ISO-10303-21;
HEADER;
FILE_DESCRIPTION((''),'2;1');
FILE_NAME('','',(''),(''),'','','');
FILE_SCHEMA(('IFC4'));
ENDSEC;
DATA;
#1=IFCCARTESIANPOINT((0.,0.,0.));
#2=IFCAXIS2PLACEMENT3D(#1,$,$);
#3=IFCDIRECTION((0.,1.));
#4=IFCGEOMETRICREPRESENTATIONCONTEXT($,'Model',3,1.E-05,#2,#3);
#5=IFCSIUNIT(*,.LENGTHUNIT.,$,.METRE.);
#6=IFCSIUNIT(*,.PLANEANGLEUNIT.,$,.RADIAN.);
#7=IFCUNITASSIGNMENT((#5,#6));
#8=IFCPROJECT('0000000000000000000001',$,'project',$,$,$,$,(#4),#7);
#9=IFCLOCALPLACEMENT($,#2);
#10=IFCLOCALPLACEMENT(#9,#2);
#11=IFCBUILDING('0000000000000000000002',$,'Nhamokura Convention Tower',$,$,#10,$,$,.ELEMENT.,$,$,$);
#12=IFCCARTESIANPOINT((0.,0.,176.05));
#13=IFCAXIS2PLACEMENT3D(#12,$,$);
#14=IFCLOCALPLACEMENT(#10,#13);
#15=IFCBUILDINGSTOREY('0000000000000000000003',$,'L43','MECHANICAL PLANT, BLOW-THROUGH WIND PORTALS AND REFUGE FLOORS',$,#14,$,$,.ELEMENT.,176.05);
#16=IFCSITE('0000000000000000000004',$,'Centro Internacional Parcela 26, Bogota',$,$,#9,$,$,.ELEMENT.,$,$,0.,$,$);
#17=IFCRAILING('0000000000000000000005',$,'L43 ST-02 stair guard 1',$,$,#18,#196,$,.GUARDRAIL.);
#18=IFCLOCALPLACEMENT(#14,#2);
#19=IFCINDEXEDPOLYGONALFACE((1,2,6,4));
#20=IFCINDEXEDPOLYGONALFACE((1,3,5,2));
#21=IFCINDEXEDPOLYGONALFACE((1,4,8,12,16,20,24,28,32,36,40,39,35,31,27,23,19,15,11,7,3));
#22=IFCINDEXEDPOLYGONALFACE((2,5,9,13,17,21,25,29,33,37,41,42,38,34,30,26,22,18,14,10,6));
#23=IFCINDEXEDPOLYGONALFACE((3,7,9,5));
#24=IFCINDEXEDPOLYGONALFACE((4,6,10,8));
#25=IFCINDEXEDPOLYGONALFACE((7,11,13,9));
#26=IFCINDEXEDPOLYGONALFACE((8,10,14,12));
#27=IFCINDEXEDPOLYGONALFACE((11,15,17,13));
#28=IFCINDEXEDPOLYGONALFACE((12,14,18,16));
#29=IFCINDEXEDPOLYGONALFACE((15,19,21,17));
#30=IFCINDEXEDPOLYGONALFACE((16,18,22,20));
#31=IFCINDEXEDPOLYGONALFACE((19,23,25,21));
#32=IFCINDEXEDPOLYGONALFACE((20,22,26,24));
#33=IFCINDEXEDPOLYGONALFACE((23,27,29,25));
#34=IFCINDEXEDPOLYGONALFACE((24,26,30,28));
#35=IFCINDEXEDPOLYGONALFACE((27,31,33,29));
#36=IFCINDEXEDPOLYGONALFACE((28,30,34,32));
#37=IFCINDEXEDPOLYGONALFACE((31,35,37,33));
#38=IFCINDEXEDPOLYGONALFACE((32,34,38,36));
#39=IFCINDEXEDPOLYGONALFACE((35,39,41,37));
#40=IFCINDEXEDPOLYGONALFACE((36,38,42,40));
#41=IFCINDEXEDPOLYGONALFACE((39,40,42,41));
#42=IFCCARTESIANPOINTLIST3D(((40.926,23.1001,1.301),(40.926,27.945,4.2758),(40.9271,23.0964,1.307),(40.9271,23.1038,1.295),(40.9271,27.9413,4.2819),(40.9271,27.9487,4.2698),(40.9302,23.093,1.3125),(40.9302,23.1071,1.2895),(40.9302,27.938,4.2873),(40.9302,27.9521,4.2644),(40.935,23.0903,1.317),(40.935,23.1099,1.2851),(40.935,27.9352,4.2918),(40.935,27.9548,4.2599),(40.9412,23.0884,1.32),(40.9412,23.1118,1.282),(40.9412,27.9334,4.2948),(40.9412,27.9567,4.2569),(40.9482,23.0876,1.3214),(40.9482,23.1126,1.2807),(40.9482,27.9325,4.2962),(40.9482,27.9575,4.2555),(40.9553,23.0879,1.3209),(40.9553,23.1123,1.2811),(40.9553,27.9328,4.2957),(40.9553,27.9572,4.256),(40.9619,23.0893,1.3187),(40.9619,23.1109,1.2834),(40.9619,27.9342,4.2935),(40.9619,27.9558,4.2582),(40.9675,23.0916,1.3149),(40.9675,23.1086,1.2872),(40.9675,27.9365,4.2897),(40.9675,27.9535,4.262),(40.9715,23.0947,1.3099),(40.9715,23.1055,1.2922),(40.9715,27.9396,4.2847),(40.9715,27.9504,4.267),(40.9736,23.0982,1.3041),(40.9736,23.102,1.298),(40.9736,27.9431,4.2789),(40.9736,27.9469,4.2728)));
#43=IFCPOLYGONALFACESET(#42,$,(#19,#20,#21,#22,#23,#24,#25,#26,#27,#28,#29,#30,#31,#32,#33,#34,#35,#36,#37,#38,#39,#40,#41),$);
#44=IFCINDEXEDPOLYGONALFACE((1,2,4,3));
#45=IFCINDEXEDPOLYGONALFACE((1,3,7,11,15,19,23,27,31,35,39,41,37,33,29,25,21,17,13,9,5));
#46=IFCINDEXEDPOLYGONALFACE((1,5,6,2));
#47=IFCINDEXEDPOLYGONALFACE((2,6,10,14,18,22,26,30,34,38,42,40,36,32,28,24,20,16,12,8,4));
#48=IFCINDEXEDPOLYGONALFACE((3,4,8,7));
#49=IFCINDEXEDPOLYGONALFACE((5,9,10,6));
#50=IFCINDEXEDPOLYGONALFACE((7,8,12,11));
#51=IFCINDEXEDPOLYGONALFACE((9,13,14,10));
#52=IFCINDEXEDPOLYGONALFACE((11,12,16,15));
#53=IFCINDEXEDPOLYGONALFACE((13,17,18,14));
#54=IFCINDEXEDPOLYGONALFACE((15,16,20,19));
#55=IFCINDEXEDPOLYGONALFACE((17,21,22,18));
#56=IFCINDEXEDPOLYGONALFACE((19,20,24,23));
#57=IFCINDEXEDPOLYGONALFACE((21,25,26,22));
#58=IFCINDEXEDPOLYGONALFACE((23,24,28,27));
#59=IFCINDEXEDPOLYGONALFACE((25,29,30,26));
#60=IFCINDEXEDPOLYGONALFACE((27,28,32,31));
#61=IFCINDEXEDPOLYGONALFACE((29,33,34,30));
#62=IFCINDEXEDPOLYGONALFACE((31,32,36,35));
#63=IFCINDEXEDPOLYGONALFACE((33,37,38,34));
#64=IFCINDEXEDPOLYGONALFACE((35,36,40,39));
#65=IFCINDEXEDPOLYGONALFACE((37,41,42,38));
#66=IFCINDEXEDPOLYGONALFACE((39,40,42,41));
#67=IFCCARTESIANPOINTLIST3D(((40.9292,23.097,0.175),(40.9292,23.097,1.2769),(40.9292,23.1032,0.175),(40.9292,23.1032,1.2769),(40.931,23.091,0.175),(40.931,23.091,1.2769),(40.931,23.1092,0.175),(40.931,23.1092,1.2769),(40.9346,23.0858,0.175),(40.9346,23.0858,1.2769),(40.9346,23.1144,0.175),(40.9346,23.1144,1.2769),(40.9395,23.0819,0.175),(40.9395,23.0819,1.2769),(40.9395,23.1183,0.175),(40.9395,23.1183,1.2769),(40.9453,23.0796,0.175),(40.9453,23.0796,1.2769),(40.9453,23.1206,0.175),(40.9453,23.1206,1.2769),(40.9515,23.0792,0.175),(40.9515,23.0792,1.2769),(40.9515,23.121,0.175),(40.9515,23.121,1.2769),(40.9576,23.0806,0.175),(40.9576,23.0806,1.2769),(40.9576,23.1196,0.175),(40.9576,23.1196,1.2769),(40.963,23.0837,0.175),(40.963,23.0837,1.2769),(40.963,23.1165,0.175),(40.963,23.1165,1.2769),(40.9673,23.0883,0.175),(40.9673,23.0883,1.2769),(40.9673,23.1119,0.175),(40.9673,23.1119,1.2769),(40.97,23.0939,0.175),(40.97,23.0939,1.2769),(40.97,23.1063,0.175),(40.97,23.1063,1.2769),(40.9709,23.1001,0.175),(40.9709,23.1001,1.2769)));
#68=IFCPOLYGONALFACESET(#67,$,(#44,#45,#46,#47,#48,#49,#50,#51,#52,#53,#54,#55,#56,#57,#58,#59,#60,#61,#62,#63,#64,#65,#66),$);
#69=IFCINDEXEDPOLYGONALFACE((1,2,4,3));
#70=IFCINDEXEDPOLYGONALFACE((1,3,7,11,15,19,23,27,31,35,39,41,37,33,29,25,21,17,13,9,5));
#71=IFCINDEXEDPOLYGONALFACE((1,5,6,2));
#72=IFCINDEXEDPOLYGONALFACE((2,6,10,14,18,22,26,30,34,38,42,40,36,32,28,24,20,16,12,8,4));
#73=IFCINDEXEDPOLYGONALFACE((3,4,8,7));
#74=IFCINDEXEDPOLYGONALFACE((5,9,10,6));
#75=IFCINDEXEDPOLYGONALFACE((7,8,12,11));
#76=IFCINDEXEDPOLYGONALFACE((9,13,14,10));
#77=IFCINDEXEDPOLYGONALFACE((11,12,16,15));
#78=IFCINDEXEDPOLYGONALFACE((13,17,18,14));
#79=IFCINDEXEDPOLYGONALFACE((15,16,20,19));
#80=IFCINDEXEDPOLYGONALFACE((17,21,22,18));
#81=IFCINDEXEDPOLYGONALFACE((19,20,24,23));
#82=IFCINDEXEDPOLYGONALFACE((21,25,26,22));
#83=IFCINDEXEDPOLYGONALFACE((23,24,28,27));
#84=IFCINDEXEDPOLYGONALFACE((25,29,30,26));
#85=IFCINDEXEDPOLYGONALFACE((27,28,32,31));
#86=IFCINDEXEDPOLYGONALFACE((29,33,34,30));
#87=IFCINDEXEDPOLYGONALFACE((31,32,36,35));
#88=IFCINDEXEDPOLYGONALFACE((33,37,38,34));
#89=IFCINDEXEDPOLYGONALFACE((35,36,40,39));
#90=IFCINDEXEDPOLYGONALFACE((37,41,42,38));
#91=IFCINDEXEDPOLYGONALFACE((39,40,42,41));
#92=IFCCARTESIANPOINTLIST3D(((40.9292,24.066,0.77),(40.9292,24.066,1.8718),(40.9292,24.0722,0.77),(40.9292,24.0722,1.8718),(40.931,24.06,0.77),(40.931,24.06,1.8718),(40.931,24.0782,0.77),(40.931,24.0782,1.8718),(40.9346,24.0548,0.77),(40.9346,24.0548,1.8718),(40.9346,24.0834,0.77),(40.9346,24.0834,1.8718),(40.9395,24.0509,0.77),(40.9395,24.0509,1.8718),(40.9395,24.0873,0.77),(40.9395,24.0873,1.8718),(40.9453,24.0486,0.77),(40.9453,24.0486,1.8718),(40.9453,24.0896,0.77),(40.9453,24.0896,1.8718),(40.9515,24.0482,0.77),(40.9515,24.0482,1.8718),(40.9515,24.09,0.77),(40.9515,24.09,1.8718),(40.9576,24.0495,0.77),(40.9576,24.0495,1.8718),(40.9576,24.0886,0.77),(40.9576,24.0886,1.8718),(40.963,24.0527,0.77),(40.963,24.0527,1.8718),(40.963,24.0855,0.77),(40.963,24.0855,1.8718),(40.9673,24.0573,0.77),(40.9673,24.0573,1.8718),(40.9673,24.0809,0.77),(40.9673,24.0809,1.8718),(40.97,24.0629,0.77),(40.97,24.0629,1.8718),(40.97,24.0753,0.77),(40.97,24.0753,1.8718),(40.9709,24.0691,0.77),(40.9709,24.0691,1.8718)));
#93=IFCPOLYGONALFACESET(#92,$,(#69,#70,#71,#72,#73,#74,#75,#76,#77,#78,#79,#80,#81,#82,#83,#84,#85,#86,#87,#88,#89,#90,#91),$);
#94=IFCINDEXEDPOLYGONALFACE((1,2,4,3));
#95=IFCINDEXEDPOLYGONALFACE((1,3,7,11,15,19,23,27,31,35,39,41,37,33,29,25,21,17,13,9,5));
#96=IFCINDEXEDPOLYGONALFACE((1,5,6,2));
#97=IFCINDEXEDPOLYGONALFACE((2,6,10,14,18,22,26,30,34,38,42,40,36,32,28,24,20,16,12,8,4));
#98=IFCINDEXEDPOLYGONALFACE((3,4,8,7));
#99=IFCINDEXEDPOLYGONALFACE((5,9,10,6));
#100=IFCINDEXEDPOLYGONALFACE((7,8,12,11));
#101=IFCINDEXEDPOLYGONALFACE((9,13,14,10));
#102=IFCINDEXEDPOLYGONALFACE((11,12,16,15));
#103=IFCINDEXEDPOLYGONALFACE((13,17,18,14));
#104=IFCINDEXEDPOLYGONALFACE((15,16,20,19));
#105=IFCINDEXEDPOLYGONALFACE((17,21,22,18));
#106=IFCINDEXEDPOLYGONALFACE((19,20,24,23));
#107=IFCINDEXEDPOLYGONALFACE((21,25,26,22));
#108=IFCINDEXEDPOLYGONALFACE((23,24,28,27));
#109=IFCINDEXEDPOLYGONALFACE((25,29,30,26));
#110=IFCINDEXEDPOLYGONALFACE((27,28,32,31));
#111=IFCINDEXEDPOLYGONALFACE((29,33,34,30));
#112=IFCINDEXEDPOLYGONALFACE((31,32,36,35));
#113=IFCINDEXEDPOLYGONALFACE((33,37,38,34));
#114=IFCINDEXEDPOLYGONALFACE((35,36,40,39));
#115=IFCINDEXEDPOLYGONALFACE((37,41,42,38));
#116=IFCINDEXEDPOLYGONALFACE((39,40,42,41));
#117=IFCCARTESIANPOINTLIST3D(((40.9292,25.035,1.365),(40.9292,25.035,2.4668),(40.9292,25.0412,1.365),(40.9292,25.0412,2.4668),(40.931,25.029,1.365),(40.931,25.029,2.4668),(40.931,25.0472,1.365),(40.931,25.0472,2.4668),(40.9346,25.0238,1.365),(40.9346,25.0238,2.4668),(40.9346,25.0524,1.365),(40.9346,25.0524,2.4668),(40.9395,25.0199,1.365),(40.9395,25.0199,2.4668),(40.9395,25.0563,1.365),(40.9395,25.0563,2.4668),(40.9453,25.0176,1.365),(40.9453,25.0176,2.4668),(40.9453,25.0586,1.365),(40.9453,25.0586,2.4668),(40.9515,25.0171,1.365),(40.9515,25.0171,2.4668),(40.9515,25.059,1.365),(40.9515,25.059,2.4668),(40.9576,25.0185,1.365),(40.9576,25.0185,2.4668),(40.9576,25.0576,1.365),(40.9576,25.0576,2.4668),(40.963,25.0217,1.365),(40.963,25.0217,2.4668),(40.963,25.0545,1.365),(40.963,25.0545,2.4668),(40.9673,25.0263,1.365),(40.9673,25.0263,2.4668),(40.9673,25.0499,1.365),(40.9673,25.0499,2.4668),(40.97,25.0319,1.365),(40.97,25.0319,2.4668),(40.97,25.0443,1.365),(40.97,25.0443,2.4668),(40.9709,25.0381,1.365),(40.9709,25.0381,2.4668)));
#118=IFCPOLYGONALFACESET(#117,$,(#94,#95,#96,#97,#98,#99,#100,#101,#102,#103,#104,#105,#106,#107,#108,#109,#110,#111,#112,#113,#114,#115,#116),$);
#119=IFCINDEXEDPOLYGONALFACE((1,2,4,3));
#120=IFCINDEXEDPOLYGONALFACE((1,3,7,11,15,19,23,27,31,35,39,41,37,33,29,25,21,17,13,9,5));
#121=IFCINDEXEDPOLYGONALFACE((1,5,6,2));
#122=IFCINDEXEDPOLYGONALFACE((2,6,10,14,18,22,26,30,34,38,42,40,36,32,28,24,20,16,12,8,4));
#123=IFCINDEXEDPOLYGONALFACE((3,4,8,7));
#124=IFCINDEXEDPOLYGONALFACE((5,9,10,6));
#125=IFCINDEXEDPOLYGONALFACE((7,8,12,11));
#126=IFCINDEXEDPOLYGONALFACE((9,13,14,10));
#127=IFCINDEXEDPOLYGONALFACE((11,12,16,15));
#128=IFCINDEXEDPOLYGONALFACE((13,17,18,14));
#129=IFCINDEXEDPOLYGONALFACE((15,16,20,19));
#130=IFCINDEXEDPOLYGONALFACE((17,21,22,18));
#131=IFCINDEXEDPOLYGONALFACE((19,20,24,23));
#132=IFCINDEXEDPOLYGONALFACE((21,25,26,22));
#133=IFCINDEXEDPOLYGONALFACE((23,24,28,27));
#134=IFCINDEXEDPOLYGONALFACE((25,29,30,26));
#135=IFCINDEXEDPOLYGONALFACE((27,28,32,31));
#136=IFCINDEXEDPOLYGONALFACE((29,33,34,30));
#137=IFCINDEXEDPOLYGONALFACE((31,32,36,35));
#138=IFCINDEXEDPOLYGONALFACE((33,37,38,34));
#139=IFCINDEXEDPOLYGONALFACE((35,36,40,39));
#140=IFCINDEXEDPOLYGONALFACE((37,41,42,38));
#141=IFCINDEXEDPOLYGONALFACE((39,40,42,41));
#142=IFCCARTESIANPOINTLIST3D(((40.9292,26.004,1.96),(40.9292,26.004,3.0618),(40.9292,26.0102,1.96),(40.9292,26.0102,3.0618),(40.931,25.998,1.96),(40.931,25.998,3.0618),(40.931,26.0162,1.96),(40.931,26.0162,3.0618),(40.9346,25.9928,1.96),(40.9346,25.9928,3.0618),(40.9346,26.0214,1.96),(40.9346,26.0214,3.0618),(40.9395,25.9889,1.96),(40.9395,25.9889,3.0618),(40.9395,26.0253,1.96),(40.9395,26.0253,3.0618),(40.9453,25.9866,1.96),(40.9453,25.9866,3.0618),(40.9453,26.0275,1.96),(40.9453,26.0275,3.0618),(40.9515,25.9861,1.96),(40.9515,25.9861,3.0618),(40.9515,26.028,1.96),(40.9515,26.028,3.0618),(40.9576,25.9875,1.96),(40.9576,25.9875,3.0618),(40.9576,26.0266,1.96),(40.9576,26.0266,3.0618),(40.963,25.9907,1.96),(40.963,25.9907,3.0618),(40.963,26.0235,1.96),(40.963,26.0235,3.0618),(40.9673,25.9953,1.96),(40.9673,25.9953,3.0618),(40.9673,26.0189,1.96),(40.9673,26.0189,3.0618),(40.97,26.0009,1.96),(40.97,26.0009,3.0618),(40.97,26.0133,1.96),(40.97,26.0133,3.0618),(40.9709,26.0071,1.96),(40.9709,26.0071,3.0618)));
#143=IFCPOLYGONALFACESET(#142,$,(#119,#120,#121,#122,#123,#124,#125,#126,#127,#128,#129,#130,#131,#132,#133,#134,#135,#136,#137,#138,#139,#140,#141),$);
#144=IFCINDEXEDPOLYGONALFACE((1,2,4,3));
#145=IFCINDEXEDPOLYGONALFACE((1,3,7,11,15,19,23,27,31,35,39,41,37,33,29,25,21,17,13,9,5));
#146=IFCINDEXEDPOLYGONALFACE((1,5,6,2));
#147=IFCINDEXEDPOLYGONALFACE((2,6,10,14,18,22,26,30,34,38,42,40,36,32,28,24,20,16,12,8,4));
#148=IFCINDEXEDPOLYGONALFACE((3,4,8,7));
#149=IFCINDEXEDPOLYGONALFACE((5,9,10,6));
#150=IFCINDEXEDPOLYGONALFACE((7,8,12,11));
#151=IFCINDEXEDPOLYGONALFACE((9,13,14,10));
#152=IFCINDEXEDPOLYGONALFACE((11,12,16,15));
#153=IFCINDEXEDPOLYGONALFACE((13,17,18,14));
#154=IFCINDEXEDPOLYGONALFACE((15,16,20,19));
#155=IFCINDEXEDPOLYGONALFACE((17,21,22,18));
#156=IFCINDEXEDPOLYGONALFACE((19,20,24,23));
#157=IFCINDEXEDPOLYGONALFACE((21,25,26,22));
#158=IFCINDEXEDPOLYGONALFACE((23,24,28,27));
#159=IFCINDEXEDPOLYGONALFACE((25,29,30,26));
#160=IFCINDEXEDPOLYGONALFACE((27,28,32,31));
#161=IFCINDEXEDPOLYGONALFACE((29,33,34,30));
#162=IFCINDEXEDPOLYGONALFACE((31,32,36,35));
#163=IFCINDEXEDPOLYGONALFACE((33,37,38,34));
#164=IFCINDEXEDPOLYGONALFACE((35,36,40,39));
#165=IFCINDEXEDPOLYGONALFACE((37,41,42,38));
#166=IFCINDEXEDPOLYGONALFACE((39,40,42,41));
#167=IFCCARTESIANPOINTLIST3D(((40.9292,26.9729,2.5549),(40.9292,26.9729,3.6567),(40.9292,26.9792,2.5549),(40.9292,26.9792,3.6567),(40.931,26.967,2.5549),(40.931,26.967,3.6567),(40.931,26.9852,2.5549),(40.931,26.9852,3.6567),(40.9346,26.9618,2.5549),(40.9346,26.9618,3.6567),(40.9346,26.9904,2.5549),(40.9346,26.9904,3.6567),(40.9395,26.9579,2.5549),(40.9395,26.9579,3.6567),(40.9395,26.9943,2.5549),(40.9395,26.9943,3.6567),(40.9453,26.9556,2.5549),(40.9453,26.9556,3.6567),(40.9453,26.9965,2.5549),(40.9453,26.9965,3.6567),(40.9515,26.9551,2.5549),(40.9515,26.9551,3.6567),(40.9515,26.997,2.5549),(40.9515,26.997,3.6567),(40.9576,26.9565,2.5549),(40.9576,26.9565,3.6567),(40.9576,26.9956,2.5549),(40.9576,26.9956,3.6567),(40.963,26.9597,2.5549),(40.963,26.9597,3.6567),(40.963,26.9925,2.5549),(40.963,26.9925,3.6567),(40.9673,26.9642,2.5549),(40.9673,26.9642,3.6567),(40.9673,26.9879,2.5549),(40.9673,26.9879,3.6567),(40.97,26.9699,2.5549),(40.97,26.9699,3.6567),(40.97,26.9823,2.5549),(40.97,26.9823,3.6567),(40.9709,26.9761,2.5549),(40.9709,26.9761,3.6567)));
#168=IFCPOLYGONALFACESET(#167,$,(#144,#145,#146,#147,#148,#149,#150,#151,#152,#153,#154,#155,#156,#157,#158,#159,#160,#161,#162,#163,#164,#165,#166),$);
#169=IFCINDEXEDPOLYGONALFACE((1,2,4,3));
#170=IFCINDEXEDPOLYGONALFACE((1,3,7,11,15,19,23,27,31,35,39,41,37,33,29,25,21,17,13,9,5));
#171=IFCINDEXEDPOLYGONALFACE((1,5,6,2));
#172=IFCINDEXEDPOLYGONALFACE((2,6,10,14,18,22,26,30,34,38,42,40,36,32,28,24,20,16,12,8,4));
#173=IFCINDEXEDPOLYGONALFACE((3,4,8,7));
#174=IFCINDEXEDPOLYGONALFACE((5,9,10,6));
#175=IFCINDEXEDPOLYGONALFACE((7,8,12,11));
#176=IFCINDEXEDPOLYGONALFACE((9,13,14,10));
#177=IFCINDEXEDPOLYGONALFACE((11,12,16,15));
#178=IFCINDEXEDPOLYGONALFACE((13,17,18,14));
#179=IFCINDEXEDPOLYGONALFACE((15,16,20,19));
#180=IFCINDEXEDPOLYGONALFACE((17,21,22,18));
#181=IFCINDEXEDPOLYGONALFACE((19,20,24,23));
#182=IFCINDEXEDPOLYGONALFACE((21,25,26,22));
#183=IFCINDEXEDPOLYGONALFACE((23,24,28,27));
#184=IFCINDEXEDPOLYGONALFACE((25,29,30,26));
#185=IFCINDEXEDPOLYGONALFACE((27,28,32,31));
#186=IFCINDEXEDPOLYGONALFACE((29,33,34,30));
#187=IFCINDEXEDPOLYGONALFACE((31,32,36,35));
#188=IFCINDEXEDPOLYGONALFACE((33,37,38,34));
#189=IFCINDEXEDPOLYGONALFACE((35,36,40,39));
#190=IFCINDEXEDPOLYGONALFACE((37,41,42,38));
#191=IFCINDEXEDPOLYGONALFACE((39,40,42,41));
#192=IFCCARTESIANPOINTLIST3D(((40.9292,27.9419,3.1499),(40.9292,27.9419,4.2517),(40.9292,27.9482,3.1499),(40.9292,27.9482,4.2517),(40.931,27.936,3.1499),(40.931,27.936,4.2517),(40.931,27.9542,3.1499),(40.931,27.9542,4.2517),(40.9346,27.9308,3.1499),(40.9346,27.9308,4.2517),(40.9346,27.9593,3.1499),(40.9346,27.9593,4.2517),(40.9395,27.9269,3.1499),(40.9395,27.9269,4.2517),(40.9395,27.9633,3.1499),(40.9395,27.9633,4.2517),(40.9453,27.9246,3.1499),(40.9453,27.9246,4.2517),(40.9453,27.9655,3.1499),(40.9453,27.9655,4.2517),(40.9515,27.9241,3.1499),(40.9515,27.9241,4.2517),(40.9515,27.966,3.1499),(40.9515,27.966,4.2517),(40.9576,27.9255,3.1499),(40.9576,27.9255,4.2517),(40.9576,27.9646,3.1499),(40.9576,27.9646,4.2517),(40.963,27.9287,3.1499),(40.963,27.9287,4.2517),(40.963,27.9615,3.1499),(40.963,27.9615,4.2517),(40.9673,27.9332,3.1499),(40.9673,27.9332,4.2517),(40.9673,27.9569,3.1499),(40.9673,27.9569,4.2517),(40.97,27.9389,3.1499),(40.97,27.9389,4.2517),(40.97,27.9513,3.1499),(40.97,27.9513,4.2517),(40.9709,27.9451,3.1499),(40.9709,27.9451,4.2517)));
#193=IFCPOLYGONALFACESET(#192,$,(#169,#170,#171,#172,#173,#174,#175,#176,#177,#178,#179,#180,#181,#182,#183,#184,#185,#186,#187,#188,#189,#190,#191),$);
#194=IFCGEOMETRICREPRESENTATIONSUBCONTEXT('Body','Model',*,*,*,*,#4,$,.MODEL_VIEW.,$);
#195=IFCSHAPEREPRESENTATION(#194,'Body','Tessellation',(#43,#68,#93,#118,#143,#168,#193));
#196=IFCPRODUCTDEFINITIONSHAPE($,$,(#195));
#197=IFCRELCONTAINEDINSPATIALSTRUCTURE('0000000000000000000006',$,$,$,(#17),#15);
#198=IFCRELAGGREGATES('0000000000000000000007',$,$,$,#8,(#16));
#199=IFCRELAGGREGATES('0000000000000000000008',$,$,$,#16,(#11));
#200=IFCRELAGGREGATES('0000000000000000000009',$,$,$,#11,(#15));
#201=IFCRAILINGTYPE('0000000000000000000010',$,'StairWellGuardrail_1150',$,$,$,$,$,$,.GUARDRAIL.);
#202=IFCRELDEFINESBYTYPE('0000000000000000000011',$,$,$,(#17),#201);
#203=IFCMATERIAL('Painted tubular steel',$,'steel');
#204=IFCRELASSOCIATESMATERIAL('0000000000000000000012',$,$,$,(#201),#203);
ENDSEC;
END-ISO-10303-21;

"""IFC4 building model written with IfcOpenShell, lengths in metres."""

from ifc_helpers import new_model, si_unit, direction, frame, origin, origin_2d, place, context, subcontext, project, spatial, circle, extrude, material, type_object, element, save


model = new_model("IFC4")

# Units and contexts
model_context = context("Model", 3, precision=1e-05, world=origin(), true_north=direction((0.0, 1.0)))
body_context = subcontext(model_context, "Body", "Model", "MODEL_VIEW")
ifc_project = project(units=[si_unit("LENGTHUNIT", "METRE"), si_unit("PLANEANGLEUNIT", "RADIAN")], contexts=[model_context])

# Site, building, storey
site_placement = place(None, origin())
site = spatial("IfcSite", under=ifc_project, at=site_placement, Name="Centro Internacional Parcela 26, Bogota", CompositionType="ELEMENT", RefElevation=0.0)
building_placement = place(site_placement, origin())
building = spatial("IfcBuilding", under=site, at=building_placement, Name="Nhamokura Convention Tower", CompositionType="ELEMENT")
storey_placement = place(building_placement, frame((0.0, 0.0, 176.05)))
storey = spatial("IfcBuildingStorey", under=building, at=storey_placement, Name="L43", Description="MECHANICAL PLANT, BLOW-THROUGH WIND PORTALS AND REFUGE FLOORS", CompositionType="ELEMENT", Elevation=176.05)

# Railing
ifc_material_1 = material(Name="Painted tubular steel", Category="steel")
railing_type_1 = type_object("IfcRailingType", Name="StairWellGuardrail_1150", PredefinedType="GUARDRAIL", material=ifc_material_1)
railing_1_placement = place(storey_placement, frame((40.95, 23.1001, 0.175)))
element("IfcRailing", 1, at=railing_1_placement, inside=storey, type_object=railing_type_1, Name="L43 ST-02 stair guard 1", PredefinedType="GUARDRAIL", context=body_context, shape_type="SweptSolid", body=[
    extrude(circle(Radius=0.0239, at=origin_2d()), frame((0.0, 0.0, 1.126), z_axis=(0.0, 0.852181, 0.523247), x_axis=(-1.0, 0.0, 0.0)), (0.0, 0.0, 1.0), 5.6853),
    extrude(circle(Radius=0.021, at=origin_2d()), origin(), (0.0, 0.0, 1.0), 1.1018),
    extrude(circle(Radius=0.021, at=origin_2d()), frame((0.0, 0.969, 0.595)), (0.0, 0.0, 1.0), 1.1018),
    extrude(circle(Radius=0.021, at=origin_2d()), frame((0.0, 1.938, 1.1899)), (0.0, 0.0, 1.0), 1.1018),
    extrude(circle(Radius=0.021, at=origin_2d()), frame((0.0, 2.907, 1.7849)), (0.0, 0.0, 1.0), 1.1018),
    extrude(circle(Radius=0.021, at=origin_2d()), frame((0.0, 3.876, 2.3799)), (0.0, 0.0, 1.0), 1.1018),
    extrude(circle(Radius=0.021, at=origin_2d()), frame((0.0, 4.845, 2.9749)), (0.0, 0.0, 1.0), 1.1018),
])

save(model, "model.ifc")
